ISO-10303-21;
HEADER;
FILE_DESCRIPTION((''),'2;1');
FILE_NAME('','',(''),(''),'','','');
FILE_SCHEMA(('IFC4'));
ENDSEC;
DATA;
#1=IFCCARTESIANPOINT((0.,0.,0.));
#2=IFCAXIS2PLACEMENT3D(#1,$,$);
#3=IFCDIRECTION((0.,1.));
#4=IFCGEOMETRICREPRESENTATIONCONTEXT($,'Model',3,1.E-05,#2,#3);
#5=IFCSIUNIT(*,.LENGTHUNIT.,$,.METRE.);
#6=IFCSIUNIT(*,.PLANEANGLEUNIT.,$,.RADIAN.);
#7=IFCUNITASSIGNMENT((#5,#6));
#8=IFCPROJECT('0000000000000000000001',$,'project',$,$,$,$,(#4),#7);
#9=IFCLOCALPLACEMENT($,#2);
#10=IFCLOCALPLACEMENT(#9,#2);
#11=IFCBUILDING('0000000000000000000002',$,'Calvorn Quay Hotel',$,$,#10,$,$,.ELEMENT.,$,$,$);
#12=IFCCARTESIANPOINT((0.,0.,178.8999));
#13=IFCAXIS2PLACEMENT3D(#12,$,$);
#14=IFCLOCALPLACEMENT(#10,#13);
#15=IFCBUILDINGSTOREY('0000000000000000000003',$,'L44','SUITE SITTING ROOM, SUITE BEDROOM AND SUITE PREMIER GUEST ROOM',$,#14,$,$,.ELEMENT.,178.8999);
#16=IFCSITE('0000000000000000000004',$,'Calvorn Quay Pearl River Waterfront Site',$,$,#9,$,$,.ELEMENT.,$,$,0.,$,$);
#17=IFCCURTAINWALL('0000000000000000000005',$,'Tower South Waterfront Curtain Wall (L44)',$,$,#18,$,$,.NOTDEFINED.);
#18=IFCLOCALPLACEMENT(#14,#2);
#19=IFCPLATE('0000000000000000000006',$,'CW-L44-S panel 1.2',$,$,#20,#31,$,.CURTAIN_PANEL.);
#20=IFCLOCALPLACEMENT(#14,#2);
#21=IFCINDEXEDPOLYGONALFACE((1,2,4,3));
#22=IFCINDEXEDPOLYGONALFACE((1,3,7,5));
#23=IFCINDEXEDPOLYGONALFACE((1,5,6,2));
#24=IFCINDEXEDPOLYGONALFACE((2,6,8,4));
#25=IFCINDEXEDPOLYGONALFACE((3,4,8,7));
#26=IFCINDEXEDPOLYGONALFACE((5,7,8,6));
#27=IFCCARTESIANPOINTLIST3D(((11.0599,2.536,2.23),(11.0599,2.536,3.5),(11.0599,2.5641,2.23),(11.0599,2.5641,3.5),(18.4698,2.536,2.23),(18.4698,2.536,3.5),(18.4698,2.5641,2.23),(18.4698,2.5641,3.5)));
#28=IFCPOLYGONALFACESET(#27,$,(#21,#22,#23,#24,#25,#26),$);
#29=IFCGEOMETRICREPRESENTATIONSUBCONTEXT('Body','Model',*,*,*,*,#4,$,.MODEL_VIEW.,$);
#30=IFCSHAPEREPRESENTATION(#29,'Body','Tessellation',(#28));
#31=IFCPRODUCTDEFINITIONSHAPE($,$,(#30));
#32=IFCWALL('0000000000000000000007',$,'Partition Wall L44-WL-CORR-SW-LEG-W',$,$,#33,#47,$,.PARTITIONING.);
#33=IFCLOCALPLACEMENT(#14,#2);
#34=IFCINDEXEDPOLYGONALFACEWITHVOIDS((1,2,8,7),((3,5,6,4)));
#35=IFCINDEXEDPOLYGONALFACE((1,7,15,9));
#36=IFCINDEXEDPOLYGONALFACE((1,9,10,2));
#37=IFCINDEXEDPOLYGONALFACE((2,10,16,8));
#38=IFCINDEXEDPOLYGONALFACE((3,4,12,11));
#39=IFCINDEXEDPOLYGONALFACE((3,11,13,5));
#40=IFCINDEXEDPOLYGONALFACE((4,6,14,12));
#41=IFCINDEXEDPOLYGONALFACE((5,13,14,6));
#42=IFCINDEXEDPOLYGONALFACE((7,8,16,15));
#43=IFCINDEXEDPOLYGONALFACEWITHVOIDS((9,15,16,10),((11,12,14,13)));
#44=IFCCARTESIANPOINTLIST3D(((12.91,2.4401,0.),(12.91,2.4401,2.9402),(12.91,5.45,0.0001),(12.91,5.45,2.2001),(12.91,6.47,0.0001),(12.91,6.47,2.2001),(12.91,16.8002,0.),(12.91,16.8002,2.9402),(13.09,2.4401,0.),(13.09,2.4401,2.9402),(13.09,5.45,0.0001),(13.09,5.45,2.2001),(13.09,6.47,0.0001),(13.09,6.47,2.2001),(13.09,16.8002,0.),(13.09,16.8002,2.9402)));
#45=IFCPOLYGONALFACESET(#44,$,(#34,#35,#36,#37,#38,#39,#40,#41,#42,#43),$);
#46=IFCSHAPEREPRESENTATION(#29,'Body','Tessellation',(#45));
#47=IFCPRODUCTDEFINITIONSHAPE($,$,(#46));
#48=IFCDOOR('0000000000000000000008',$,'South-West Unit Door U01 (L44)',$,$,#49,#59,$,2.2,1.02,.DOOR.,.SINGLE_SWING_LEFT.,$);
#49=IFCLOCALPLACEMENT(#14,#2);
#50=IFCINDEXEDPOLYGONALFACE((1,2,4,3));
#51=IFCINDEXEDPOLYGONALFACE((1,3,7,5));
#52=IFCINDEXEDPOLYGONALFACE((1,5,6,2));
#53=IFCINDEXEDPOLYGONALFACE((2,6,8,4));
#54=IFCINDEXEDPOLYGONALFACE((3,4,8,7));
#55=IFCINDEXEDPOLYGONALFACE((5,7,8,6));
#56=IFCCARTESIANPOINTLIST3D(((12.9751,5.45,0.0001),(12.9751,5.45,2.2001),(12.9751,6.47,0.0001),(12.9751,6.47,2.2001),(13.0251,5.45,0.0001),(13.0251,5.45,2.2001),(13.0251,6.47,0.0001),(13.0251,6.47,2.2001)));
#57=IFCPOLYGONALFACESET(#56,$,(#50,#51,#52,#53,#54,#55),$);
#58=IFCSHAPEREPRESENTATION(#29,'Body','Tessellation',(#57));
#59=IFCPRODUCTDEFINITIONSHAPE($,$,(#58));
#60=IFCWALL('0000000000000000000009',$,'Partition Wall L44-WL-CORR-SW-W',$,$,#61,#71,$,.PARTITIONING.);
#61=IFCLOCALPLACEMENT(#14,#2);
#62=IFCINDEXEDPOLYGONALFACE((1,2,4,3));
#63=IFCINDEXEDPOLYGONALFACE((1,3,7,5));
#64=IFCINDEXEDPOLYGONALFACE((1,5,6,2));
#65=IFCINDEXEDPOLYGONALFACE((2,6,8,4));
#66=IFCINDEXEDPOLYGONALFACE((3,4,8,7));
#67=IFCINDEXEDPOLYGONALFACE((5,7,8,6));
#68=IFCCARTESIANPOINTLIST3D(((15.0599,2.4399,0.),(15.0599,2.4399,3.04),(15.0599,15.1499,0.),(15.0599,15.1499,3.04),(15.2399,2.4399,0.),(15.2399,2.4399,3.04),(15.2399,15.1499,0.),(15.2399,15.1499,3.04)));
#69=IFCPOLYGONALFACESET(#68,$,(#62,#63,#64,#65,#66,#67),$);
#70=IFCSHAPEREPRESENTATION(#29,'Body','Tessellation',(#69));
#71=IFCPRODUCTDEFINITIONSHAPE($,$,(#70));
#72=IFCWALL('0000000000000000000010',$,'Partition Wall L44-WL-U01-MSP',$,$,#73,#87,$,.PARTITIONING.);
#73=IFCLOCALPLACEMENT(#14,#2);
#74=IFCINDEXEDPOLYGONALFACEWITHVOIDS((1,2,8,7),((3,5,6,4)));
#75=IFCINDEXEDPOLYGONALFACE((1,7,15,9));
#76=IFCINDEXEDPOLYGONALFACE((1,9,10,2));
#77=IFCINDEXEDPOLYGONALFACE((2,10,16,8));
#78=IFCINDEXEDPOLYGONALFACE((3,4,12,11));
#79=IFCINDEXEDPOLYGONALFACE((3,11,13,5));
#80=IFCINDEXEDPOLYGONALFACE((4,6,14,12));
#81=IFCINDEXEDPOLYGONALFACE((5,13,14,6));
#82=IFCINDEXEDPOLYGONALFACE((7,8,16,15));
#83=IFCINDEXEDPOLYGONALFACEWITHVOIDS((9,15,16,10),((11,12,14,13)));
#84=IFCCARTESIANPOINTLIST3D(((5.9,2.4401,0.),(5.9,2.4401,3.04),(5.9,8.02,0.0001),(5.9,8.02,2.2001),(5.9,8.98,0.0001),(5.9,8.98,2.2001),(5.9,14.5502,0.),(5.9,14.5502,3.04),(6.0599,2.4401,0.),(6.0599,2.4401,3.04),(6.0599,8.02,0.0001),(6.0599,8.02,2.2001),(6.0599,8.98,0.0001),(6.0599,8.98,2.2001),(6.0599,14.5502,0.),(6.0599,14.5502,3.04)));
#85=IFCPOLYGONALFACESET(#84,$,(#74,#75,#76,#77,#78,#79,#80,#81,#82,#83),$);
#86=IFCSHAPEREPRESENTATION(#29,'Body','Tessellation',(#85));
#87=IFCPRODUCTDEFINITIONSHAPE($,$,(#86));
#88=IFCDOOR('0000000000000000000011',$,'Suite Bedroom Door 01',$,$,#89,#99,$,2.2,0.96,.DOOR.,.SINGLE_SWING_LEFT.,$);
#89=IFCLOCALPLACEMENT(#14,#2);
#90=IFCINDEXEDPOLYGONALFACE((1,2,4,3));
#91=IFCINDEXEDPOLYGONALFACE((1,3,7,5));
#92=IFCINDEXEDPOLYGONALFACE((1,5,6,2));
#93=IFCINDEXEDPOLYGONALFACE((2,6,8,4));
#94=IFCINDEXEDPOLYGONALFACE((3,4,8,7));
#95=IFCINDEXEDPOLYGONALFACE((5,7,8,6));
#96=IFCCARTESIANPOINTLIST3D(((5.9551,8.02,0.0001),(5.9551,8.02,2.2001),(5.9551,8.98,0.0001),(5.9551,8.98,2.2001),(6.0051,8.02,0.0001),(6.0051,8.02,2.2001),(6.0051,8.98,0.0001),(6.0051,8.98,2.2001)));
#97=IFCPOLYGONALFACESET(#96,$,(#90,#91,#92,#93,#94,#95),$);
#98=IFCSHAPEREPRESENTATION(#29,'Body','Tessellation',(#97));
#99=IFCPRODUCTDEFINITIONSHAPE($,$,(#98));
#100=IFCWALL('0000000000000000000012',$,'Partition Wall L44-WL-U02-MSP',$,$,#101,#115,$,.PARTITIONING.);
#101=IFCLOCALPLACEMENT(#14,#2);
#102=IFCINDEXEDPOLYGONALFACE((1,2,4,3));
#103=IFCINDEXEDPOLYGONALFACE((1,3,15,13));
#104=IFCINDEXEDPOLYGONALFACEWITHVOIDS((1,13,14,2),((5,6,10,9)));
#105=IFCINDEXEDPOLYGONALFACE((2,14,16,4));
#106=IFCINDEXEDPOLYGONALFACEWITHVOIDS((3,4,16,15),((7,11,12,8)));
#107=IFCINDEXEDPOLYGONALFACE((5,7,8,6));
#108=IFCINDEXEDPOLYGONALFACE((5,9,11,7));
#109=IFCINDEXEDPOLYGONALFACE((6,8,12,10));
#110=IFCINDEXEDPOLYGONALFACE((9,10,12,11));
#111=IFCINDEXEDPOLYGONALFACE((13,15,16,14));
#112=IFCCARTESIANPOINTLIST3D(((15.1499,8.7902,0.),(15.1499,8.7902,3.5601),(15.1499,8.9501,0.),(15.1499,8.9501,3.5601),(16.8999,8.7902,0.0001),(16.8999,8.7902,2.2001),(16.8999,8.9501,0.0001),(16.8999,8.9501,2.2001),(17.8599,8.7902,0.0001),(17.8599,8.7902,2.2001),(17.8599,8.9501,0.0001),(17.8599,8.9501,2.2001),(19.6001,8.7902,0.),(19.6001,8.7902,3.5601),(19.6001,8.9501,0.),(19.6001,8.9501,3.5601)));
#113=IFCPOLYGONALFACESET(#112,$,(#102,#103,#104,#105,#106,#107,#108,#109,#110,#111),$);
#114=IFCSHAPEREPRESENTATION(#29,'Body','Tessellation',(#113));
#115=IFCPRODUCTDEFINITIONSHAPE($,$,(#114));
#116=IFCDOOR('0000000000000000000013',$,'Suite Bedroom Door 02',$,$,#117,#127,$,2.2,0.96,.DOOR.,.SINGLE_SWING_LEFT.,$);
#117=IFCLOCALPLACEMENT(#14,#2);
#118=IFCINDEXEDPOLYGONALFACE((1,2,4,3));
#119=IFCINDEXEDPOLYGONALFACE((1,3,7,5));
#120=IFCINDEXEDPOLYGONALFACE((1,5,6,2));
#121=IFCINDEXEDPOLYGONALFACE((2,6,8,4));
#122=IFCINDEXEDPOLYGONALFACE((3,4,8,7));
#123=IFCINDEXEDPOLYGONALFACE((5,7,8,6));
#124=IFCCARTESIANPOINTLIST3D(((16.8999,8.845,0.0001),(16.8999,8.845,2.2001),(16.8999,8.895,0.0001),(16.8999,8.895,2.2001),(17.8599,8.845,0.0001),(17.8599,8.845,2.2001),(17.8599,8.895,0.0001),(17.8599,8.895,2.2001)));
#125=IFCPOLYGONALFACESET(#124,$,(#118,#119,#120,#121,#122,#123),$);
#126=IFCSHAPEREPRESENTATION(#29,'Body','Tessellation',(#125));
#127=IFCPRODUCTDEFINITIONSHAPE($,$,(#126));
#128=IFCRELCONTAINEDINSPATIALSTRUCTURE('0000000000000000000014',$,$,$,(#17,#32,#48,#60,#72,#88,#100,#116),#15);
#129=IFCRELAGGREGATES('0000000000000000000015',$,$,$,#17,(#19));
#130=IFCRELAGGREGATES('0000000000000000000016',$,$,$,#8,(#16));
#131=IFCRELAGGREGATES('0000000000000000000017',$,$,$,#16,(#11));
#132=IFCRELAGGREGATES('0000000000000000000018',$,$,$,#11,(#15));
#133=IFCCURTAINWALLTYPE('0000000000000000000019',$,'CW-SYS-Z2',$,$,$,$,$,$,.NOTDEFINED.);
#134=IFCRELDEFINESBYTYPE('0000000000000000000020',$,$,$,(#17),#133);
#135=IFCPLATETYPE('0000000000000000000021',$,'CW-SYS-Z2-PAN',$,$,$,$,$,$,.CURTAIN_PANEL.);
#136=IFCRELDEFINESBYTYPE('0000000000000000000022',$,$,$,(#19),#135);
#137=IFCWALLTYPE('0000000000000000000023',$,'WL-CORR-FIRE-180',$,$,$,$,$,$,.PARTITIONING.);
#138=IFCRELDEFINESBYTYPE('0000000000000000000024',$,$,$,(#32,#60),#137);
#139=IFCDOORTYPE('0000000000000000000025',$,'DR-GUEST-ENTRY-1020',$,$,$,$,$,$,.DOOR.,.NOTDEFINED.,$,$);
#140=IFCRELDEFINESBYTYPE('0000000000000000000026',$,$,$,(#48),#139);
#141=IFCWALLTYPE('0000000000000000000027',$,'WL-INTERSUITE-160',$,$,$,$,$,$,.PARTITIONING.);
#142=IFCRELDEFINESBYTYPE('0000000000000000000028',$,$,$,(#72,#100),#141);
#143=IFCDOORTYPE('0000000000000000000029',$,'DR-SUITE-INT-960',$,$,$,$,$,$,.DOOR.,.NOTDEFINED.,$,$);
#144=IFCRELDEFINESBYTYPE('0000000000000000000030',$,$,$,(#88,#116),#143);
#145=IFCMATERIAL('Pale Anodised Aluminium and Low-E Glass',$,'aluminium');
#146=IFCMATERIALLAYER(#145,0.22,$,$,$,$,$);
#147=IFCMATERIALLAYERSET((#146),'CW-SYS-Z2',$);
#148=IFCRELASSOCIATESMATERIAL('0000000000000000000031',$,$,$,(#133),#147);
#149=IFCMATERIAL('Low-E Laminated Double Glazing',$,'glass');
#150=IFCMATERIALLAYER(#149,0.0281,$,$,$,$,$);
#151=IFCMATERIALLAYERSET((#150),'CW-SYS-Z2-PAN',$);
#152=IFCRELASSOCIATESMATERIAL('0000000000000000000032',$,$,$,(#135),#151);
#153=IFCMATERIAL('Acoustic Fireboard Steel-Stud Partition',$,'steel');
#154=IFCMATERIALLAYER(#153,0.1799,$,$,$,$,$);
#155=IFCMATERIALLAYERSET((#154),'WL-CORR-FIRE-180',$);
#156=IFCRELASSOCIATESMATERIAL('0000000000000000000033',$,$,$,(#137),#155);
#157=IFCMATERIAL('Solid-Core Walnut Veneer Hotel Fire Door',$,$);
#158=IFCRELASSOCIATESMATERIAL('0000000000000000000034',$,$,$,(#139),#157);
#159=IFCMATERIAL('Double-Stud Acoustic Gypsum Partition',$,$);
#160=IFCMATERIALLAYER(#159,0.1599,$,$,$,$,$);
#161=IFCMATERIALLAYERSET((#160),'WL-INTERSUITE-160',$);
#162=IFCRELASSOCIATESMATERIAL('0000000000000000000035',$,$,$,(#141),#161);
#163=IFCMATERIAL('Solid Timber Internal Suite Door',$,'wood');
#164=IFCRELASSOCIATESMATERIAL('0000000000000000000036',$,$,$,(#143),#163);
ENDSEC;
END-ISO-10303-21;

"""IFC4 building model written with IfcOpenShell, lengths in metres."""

from ifc_helpers import new_model, si_unit, direction, frame, frame_2d, origin, origin_2d, place, context, subcontext, project, spatial, rectangle, extrude, material, layer, layer_set, type_object, element, fill, aggregate, save


model = new_model("IFC4")

# Units and contexts
model_context = context("Model", 3, precision=1e-05, world=origin(), true_north=direction((0.0, 1.0)))
body_context = subcontext(model_context, "Body", "Model", "MODEL_VIEW")
ifc_project = project(units=[si_unit("LENGTHUNIT", "METRE"), si_unit("PLANEANGLEUNIT", "RADIAN")], contexts=[model_context])

# Site, building, storey
site_placement = place(None, origin())
site = spatial("IfcSite", under=ifc_project, at=site_placement, Name="Calvorn Quay Pearl River Waterfront Site", CompositionType="ELEMENT", RefElevation=0.0)
building_placement = place(site_placement, origin())
building = spatial("IfcBuilding", under=site, at=building_placement, Name="Calvorn Quay Hotel", CompositionType="ELEMENT")
storey_placement = place(building_placement, frame((0.0, 0.0, 178.8999)))
storey = spatial("IfcBuildingStorey", under=building, at=storey_placement, Name="L44", Description="SUITE SITTING ROOM, SUITE BEDROOM AND SUITE PREMIER GUEST ROOM", CompositionType="ELEMENT", Elevation=178.8999)

# Curtain wall, plate
ifc_material_1 = material(Name="Pale Anodised Aluminium and Low-E Glass", Category="aluminium")
ifc_layer_1 = layer(ifc_material_1, 0.22)
ifc_layer_set_1 = layer_set([ifc_layer_1], Name="CW-SYS-Z2")
curtain_wall_type = type_object("IfcCurtainWallType", Name="CW-SYS-Z2", PredefinedType="NOTDEFINED", material=ifc_layer_set_1)
curtain_wall_placement = place(storey_placement, origin())
curtain_wall = element("IfcCurtainWall", 1, at=curtain_wall_placement, inside=storey, type_object=curtain_wall_type, Name="Tower South Waterfront Curtain Wall (L44)", PredefinedType="NOTDEFINED")
ifc_material_2 = material(Name="Low-E Laminated Double Glazing", Category="glass")
ifc_layer_2 = layer(ifc_material_2, 0.0281)
ifc_layer_set_2 = layer_set([ifc_layer_2], Name="CW-SYS-Z2-PAN")
plate_type = type_object("IfcPlateType", Name="CW-SYS-Z2-PAN", PredefinedType="CURTAIN_PANEL", material=ifc_layer_set_2)
plate_1_placement = place(storey_placement, frame((14.7649, 2.55, 2.23), z_axis=(0.0, 0.0, 1.0), x_axis=(1.0, 0.0, 0.0)))
plate_1 = element("IfcPlate", 2, at=plate_1_placement, type_object=plate_type, Name="CW-L44-S panel 1.2", PredefinedType="CURTAIN_PANEL", context=body_context, shape_type="SweptSolid", body=[
    extrude(rectangle(XDim=7.4099, YDim=0.0281, at=origin_2d()), origin(), (0.0, 0.0, 1.0), 1.27),
])
aggregate(curtain_wall, [plate_1])

# Wall, opening, door
ifc_material_3 = material(Name="Acoustic Fireboard Steel-Stud Partition", Category="steel")
ifc_layer_3 = layer(ifc_material_3, 0.1799)
ifc_layer_set_3 = layer_set([ifc_layer_3], Name="WL-CORR-FIRE-180")
wall_type_1 = type_object("IfcWallType", Name="WL-CORR-FIRE-180", PredefinedType="PARTITIONING", material=ifc_layer_set_3)
wall_1_placement = place(storey_placement, frame((13.0, 2.4399, 0.0), z_axis=(0.0, 0.0, 1.0), x_axis=(0.0, 1.0, 0.0)))
wall_1 = element("IfcWall", 3, at=wall_1_placement, inside=storey, type_object=wall_type_1, Name="Partition Wall L44-WL-CORR-SW-LEG-W", PredefinedType="PARTITIONING", context=body_context, shape_type="SweptSolid", body=[
    extrude(rectangle(XDim=14.3601, YDim=0.1799, at=frame_2d((7.1802, 0.0))), origin(), (0.0, 0.0, 1.0), 2.9402),
])
opening_1_placement = place(wall_1_placement, frame((3.01, 0.0, 0.0)))
opening_1 = element("IfcOpeningElement", 4, at=opening_1_placement, cuts=wall_1, PredefinedType="OPENING", context=body_context, shape_type="SweptSolid", body=[
    extrude(rectangle(XDim=1.02, YDim=2.2, at=frame_2d((0.51, 1.1001))), frame((0.0, 0.0999, 0.0), z_axis=(0.0, -1.0, 0.0), x_axis=(1.0, 0.0, 0.0)), (0.0, 0.0, 1.0), 0.2),
])
ifc_material_4 = material(Name="Solid-Core Walnut Veneer Hotel Fire Door")
door_type_1 = type_object("IfcDoorType", Name="DR-GUEST-ENTRY-1020", OperationType="NOTDEFINED", PredefinedType="DOOR", material=ifc_material_4)
door_1_placement = place(opening_1_placement, origin())
door_1 = element("IfcDoor", 5, at=door_1_placement, inside=storey, type_object=door_type_1, Name="South-West Unit Door U01 (L44)", OperationType="SINGLE_SWING_LEFT", OverallHeight=2.2, OverallWidth=1.02, PredefinedType="DOOR", context=body_context, shape_type="SweptSolid", body=[
    extrude(rectangle(XDim=1.02, YDim=2.2, at=frame_2d((0.51, 1.1001))), frame((0.0, 0.0249, 0.0), z_axis=(0.0, -1.0, 0.0), x_axis=(1.0, 0.0, 0.0)), (0.0, 0.0, 1.0), 0.05),
])
fill(opening_1, door_1)

# Wall
wall_2_placement = place(storey_placement, frame((15.1499, 2.4399, 0.0), z_axis=(0.0, 0.0, 1.0), x_axis=(0.0, 1.0, 0.0)))
element("IfcWall", 6, at=wall_2_placement, inside=storey, type_object=wall_type_1, Name="Partition Wall L44-WL-CORR-SW-W", PredefinedType="PARTITIONING", context=body_context, shape_type="SweptSolid", body=[
    extrude(rectangle(XDim=12.71, YDim=0.1799, at=frame_2d((6.355, 0.0))), origin(), (0.0, 0.0, 1.0), 3.04),
])

# Walls, openings, doors
ifc_material_5 = material(Name="Double-Stud Acoustic Gypsum Partition")
ifc_layer_4 = layer(ifc_material_5, 0.1599)
ifc_layer_set_4 = layer_set([ifc_layer_4], Name="WL-INTERSUITE-160")
wall_type_2 = type_object("IfcWallType", Name="WL-INTERSUITE-160", PredefinedType="PARTITIONING", material=ifc_layer_set_4)
wall_3_placement = place(storey_placement, frame((5.98, 2.4399, 0.0), z_axis=(0.0, 0.0, 1.0), x_axis=(0.0, 1.0, 0.0)))
wall_3 = element("IfcWall", 7, at=wall_3_placement, inside=storey, type_object=wall_type_2, Name="Partition Wall L44-WL-U01-MSP", PredefinedType="PARTITIONING", context=body_context, shape_type="SweptSolid", body=[
    extrude(rectangle(XDim=12.1101, YDim=0.1599, at=frame_2d((6.0552, 0.0))), origin(), (0.0, 0.0, 1.0), 3.04),
])
opening_2_placement = place(wall_3_placement, frame((5.5801, 0.0, 0.0)))
opening_2 = element("IfcOpeningElement", 8, at=opening_2_placement, cuts=wall_3, PredefinedType="OPENING", context=body_context, shape_type="SweptSolid", body=[
    extrude(rectangle(XDim=0.96, YDim=2.2, at=frame_2d((0.48, 1.1001))), frame((0.0, 0.0898, 0.0), z_axis=(0.0, -1.0, 0.0), x_axis=(1.0, 0.0, 0.0)), (0.0, 0.0, 1.0), 0.1799),
])
ifc_material_6 = material(Name="Solid Timber Internal Suite Door", Category="wood")
door_type_2 = type_object("IfcDoorType", Name="DR-SUITE-INT-960", OperationType="NOTDEFINED", PredefinedType="DOOR", material=ifc_material_6)
door_2_placement = place(opening_2_placement, origin())
door_2 = element("IfcDoor", 9, at=door_2_placement, inside=storey, type_object=door_type_2, Name="Suite Bedroom Door 01", OperationType="SINGLE_SWING_LEFT", OverallHeight=2.2, OverallWidth=0.96, PredefinedType="DOOR", context=body_context, shape_type="SweptSolid", body=[
    extrude(rectangle(XDim=0.96, YDim=2.2, at=frame_2d((0.48, 1.1001))), frame((0.0, 0.0249, 0.0), z_axis=(0.0, -1.0, 0.0), x_axis=(1.0, 0.0, 0.0)), (0.0, 0.0, 1.0), 0.05),
])
fill(opening_2, door_2)
wall_4_placement = place(storey_placement, frame((15.1499, 8.8701, 0.0), z_axis=(0.0, 0.0, 1.0), x_axis=(1.0, 0.0, 0.0)))
wall_4 = element("IfcWall", 10, at=wall_4_placement, inside=storey, type_object=wall_type_2, Name="Partition Wall L44-WL-U02-MSP", PredefinedType="PARTITIONING", context=body_context, shape_type="SweptSolid", body=[
    extrude(rectangle(XDim=4.4502, YDim=0.1599, at=frame_2d((2.2251, 0.0))), origin(), (0.0, 0.0, 1.0), 3.5601),
])
opening_3_placement = place(wall_4_placement, frame((1.75, 0.0, 0.0)))
opening_3 = element("IfcOpeningElement", 11, at=opening_3_placement, cuts=wall_4, PredefinedType="OPENING", context=body_context, shape_type="SweptSolid", body=[
    extrude(rectangle(XDim=0.96, YDim=2.2, at=frame_2d((0.48, 1.1001))), frame((0.0, 0.0898, 0.0), z_axis=(0.0, -1.0, 0.0), x_axis=(1.0, 0.0, 0.0)), (0.0, 0.0, 1.0), 0.1799),
])
door_3_placement = place(opening_3_placement, origin())
door_3 = element("IfcDoor", 12, at=door_3_placement, inside=storey, type_object=door_type_2, Name="Suite Bedroom Door 02", OperationType="SINGLE_SWING_LEFT", OverallHeight=2.2, OverallWidth=0.96, PredefinedType="DOOR", context=body_context, shape_type="SweptSolid", body=[
    extrude(rectangle(XDim=0.96, YDim=2.2, at=frame_2d((0.48, 1.1001))), frame((0.0, 0.0249, 0.0), z_axis=(0.0, -1.0, 0.0), x_axis=(1.0, 0.0, 0.0)), (0.0, 0.0, 1.0), 0.05),
])
fill(opening_3, door_3)

save(model, "model.ifc")
